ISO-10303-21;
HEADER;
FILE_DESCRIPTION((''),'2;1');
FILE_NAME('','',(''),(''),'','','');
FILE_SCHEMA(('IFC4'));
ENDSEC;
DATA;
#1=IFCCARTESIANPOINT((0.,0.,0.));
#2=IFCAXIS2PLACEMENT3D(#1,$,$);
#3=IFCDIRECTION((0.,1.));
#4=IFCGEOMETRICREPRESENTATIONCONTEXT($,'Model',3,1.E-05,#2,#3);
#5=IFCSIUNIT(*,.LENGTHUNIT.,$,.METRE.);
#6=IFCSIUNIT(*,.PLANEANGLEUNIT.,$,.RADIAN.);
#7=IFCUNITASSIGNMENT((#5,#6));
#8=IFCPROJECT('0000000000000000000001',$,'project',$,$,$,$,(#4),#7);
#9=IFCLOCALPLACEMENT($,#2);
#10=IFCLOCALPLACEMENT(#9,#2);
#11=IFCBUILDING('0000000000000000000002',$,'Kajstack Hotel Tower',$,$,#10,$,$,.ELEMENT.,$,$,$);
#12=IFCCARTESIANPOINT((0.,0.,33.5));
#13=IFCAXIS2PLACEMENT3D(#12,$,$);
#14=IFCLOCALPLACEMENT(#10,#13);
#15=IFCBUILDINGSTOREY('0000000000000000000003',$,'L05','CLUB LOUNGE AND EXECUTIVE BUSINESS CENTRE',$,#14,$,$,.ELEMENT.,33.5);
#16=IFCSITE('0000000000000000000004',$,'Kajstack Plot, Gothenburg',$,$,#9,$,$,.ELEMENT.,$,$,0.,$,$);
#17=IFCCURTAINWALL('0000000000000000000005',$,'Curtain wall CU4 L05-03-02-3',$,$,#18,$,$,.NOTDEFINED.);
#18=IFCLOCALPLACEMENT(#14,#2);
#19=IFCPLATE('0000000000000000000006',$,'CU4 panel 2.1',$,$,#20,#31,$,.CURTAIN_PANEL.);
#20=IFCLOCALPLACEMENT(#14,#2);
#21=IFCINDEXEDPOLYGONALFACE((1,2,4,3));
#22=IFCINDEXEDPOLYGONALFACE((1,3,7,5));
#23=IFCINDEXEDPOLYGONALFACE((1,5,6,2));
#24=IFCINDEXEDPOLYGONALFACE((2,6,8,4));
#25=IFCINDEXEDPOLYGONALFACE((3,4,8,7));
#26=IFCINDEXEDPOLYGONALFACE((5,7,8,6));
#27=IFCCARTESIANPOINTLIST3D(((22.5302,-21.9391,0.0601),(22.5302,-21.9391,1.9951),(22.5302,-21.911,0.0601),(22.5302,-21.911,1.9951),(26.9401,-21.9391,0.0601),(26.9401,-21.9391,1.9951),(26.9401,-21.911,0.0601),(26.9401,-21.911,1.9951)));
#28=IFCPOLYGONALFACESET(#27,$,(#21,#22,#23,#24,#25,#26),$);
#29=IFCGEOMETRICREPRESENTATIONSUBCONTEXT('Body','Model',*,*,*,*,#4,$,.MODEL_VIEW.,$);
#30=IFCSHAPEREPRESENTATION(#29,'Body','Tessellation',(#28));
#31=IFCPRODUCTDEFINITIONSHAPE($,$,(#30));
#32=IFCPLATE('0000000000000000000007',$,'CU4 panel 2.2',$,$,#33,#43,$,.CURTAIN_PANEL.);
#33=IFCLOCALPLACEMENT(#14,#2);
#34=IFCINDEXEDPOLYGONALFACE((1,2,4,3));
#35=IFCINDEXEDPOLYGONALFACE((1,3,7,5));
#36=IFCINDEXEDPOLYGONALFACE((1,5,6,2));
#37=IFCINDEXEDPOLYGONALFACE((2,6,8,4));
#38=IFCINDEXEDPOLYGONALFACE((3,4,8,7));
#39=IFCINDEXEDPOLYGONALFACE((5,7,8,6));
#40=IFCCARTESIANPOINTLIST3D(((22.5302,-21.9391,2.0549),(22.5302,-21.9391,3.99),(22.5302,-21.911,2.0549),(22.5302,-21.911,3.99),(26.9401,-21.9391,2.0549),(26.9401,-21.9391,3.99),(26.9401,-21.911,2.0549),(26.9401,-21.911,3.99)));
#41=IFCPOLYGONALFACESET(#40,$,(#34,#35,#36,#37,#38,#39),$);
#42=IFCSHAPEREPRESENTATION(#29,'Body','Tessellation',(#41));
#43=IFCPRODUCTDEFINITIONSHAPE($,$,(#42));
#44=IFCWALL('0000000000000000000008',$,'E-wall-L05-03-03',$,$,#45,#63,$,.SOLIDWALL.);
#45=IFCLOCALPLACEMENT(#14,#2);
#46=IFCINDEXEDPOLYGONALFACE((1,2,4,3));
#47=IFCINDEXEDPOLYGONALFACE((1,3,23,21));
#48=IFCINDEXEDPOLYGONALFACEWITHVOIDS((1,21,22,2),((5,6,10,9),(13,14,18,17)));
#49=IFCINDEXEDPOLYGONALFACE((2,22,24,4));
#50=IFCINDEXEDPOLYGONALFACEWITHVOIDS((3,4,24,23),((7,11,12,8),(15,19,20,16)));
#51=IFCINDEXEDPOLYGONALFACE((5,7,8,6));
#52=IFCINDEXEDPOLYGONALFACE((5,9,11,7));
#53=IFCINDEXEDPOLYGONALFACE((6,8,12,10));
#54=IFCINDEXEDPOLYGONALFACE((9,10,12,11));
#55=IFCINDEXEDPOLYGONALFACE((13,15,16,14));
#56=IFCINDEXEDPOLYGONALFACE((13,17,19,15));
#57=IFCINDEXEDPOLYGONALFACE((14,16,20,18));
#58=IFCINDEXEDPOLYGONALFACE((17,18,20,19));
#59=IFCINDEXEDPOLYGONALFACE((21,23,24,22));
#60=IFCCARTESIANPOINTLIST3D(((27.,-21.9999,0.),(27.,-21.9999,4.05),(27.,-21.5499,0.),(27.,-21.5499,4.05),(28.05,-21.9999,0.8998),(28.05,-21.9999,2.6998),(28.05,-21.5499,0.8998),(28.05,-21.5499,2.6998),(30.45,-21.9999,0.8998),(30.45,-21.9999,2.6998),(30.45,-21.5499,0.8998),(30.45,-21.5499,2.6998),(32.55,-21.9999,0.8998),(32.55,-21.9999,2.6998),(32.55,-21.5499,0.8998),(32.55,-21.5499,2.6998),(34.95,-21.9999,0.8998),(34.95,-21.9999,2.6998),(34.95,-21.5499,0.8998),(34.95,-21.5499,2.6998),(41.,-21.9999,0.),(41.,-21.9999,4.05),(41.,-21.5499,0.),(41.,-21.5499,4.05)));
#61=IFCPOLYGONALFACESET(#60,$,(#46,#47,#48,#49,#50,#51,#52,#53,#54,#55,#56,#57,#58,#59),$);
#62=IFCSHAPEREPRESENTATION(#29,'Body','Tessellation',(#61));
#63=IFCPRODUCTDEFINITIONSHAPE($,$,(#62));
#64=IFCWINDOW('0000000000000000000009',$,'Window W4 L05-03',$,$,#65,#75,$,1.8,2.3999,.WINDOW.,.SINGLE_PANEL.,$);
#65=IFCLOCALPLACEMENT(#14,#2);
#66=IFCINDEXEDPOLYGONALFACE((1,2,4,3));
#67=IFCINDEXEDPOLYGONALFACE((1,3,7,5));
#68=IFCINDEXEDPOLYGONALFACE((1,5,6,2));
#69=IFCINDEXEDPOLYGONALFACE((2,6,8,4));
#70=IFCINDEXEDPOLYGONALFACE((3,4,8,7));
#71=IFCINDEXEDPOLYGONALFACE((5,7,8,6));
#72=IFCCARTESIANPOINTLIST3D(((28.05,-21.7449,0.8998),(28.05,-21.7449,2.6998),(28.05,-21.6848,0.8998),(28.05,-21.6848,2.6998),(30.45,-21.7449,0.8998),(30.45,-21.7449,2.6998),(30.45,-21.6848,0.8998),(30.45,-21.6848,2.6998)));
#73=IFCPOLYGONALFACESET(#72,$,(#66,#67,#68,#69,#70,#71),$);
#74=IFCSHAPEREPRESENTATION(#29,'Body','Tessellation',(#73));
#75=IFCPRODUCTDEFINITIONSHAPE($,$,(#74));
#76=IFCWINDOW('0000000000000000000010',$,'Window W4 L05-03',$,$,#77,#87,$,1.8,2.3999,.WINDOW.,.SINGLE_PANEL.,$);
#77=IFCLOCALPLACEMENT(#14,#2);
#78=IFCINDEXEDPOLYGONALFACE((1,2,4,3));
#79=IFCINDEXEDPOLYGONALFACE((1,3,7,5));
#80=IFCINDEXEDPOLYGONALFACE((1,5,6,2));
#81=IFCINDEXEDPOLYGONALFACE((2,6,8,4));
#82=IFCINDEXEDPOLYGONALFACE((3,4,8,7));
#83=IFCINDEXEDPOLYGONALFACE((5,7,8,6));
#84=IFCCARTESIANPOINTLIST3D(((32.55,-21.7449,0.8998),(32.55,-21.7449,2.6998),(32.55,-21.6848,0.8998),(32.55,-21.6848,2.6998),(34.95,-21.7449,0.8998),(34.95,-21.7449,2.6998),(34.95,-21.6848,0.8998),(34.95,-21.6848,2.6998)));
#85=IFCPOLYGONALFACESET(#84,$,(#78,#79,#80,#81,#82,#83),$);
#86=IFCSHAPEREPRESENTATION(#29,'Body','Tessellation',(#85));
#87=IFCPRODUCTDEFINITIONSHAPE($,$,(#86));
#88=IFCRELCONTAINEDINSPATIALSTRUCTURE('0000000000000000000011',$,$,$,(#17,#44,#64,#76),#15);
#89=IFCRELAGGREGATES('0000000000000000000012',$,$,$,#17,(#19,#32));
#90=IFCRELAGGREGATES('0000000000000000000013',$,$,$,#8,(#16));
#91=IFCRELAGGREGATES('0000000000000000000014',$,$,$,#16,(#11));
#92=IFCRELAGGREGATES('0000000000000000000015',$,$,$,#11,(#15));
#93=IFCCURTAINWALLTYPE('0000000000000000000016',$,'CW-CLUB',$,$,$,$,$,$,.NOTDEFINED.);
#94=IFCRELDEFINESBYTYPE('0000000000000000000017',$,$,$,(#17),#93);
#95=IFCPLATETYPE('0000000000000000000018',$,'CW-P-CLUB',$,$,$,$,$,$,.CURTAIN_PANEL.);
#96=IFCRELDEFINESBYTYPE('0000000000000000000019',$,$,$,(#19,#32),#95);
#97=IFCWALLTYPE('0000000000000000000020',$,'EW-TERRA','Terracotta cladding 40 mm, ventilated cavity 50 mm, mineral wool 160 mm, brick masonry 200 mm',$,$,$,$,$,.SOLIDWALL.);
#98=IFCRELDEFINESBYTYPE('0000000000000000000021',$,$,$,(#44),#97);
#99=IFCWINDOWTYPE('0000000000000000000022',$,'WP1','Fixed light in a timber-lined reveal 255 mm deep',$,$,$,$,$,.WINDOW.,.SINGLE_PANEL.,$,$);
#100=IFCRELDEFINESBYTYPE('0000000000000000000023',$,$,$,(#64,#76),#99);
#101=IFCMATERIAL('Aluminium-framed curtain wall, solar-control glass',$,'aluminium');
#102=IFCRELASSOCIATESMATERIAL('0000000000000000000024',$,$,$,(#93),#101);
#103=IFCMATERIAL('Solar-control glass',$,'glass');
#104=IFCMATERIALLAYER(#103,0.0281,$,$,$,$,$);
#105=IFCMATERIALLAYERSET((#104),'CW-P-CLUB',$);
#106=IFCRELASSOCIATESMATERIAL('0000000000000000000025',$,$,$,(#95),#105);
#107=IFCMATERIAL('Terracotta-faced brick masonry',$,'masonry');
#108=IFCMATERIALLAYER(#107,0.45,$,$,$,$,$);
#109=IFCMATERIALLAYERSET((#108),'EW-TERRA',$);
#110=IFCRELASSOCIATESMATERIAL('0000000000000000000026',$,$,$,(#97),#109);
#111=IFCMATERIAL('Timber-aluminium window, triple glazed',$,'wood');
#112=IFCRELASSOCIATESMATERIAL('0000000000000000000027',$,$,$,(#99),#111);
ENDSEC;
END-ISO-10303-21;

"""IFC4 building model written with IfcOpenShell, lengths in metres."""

from ifc_helpers import new_model, si_unit, direction, frame, frame_2d, origin, origin_2d, place, context, subcontext, project, spatial, rectangle, extrude, material, layer, layer_set, type_object, element, fill, aggregate, save


model = new_model("IFC4")

# Units and contexts
model_context = context("Model", 3, precision=1e-05, world=origin(), true_north=direction((0.0, 1.0)))
body_context = subcontext(model_context, "Body", "Model", "MODEL_VIEW")
ifc_project = project(units=[si_unit("LENGTHUNIT", "METRE"), si_unit("PLANEANGLEUNIT", "RADIAN")], contexts=[model_context])

# Site, building, storey
site_placement = place(None, origin())
site = spatial("IfcSite", under=ifc_project, at=site_placement, Name="Kajstack Plot, Gothenburg", CompositionType="ELEMENT", RefElevation=0.0)
building_placement = place(site_placement, origin())
building = spatial("IfcBuilding", under=site, at=building_placement, Name="Kajstack Hotel Tower", CompositionType="ELEMENT")
storey_placement = place(building_placement, frame((0.0, 0.0, 33.5)))
storey = spatial("IfcBuildingStorey", under=building, at=storey_placement, Name="L05", Description="CLUB LOUNGE AND EXECUTIVE BUSINESS CENTRE", CompositionType="ELEMENT", Elevation=33.5)

# Shared definitions
ifc_material_1 = material(Name="Aluminium-framed curtain wall, solar-control glass", Category="aluminium")
curtain_wall_type = type_object("IfcCurtainWallType", Name="CW-CLUB", PredefinedType="NOTDEFINED", material=ifc_material_1)

# Curtain wall, plates
curtain_wall_1_placement = place(storey_placement, origin())
curtain_wall_1 = element("IfcCurtainWall", 1, at=curtain_wall_1_placement, inside=storey, type_object=curtain_wall_type, Name="Curtain wall CU4 L05-03-02-3", PredefinedType="NOTDEFINED")
ifc_material_2 = material(Name="Solar-control glass", Category="glass")
ifc_layer_1 = layer(ifc_material_2, 0.0281)
ifc_layer_set_1 = layer_set([ifc_layer_1], Name="CW-P-CLUB")
plate_type = type_object("IfcPlateType", Name="CW-P-CLUB", PredefinedType="CURTAIN_PANEL", material=ifc_layer_set_1)
plate_1_placement = place(storey_placement, frame((24.7351, -21.925, 0.0601), z_axis=(0.0, 0.0, 1.0), x_axis=(1.0, 0.0, 0.0)))
plate_1 = element("IfcPlate", 2, at=plate_1_placement, type_object=plate_type, Name="CU4 panel 2.1", PredefinedType="CURTAIN_PANEL", context=body_context, shape_type="SweptSolid", body=[
    extrude(rectangle(XDim=4.4099, YDim=0.0281, at=origin_2d()), origin(), (0.0, 0.0, 1.0), 1.9351),
])
plate_2_placement = place(storey_placement, frame((24.7351, -21.925, 2.0549), z_axis=(0.0, 0.0, 1.0), x_axis=(1.0, 0.0, 0.0)))
plate_2 = element("IfcPlate", 3, at=plate_2_placement, type_object=plate_type, Name="CU4 panel 2.2", PredefinedType="CURTAIN_PANEL", context=body_context, shape_type="SweptSolid", body=[
    extrude(rectangle(XDim=4.4099, YDim=0.0281, at=origin_2d()), origin(), (0.0, 0.0, 1.0), 1.9351),
])
aggregate(curtain_wall_1, [plate_1, plate_2])

# Wall, openings, windows
ifc_material_3 = material(Name="Terracotta-faced brick masonry", Category="masonry")
ifc_layer_2 = layer(ifc_material_3, 0.45)
ifc_layer_set_2 = layer_set([ifc_layer_2], Name="EW-TERRA")
wall_type = type_object("IfcWallType", Name="EW-TERRA", Description="Terracotta cladding 40 mm, ventilated cavity 50 mm, mineral wool 160 mm, brick masonry 200 mm", PredefinedType="SOLIDWALL", material=ifc_layer_set_2)
wall_placement = place(storey_placement, frame((27.0, -21.7749, 0.0), z_axis=(0.0, 0.0, 1.0), x_axis=(1.0, 0.0, 0.0)))
wall = element("IfcWall", 4, at=wall_placement, inside=storey, type_object=wall_type, Name="E-wall-L05-03-03", PredefinedType="SOLIDWALL", context=body_context, shape_type="SweptSolid", body=[
    extrude(rectangle(XDim=14.0, YDim=0.45, at=frame_2d((7.0, 0.0))), origin(), (0.0, 0.0, 1.0), 4.05),
])
opening_1_placement = place(wall_placement, frame((1.05, 0.0, 0.8999)))
opening_1 = element("IfcOpeningElement", 5, at=opening_1_placement, cuts=wall, PredefinedType="OPENING", context=body_context, shape_type="SweptSolid", body=[
    extrude(rectangle(XDim=2.3999, YDim=1.8, at=frame_2d((1.2, 0.8999))), frame((0.0, 0.2349, 0.0), z_axis=(0.0, -1.0, 0.0), x_axis=(1.0, 0.0, 0.0)), (0.0, 0.0, 1.0), 0.47),
])
opening_2_placement = place(wall_placement, frame((5.55, 0.0, 0.8999)))
opening_2 = element("IfcOpeningElement", 6, at=opening_2_placement, cuts=wall, PredefinedType="OPENING", context=body_context, shape_type="SweptSolid", body=[
    extrude(rectangle(XDim=2.3999, YDim=1.8, at=frame_2d((1.2, 0.8999))), frame((0.0, 0.2349, 0.0), z_axis=(0.0, -1.0, 0.0), x_axis=(1.0, 0.0, 0.0)), (0.0, 0.0, 1.0), 0.47),
])
ifc_material_4 = material(Name="Timber-aluminium window, triple glazed", Category="wood")
window_type = type_object("IfcWindowType", Name="WP1", Description="Fixed light in a timber-lined reveal 255 mm deep", PartitioningType="SINGLE_PANEL", PredefinedType="WINDOW", material=ifc_material_4)
window_1_placement = place(opening_1_placement, origin())
window_1 = element("IfcWindow", 7, at=window_1_placement, inside=storey, type_object=window_type, Name="Window W4 L05-03", OverallHeight=1.8, OverallWidth=2.3999, PartitioningType="SINGLE_PANEL", PredefinedType="WINDOW", context=body_context, shape_type="SweptSolid", body=[
    extrude(rectangle(XDim=2.3999, YDim=1.8, at=frame_2d((1.2, 0.8999))), frame((0.0, 0.0901, 0.0), z_axis=(0.0, -1.0, 0.0), x_axis=(1.0, 0.0, 0.0)), (0.0, 0.0, 1.0), 0.0601),
])
fill(opening_1, window_1)
window_2_placement = place(opening_2_placement, origin())
window_2 = element("IfcWindow", 8, at=window_2_placement, inside=storey, type_object=window_type, Name="Window W4 L05-03", OverallHeight=1.8, OverallWidth=2.3999, PartitioningType="SINGLE_PANEL", PredefinedType="WINDOW", context=body_context, shape_type="SweptSolid", body=[
    extrude(rectangle(XDim=2.3999, YDim=1.8, at=frame_2d((1.2, 0.8999))), frame((0.0, 0.0901, 0.0), z_axis=(0.0, -1.0, 0.0), x_axis=(1.0, 0.0, 0.0)), (0.0, 0.0, 1.0), 0.0601),
])
fill(opening_2, window_2)

save(model, "model.ifc")
